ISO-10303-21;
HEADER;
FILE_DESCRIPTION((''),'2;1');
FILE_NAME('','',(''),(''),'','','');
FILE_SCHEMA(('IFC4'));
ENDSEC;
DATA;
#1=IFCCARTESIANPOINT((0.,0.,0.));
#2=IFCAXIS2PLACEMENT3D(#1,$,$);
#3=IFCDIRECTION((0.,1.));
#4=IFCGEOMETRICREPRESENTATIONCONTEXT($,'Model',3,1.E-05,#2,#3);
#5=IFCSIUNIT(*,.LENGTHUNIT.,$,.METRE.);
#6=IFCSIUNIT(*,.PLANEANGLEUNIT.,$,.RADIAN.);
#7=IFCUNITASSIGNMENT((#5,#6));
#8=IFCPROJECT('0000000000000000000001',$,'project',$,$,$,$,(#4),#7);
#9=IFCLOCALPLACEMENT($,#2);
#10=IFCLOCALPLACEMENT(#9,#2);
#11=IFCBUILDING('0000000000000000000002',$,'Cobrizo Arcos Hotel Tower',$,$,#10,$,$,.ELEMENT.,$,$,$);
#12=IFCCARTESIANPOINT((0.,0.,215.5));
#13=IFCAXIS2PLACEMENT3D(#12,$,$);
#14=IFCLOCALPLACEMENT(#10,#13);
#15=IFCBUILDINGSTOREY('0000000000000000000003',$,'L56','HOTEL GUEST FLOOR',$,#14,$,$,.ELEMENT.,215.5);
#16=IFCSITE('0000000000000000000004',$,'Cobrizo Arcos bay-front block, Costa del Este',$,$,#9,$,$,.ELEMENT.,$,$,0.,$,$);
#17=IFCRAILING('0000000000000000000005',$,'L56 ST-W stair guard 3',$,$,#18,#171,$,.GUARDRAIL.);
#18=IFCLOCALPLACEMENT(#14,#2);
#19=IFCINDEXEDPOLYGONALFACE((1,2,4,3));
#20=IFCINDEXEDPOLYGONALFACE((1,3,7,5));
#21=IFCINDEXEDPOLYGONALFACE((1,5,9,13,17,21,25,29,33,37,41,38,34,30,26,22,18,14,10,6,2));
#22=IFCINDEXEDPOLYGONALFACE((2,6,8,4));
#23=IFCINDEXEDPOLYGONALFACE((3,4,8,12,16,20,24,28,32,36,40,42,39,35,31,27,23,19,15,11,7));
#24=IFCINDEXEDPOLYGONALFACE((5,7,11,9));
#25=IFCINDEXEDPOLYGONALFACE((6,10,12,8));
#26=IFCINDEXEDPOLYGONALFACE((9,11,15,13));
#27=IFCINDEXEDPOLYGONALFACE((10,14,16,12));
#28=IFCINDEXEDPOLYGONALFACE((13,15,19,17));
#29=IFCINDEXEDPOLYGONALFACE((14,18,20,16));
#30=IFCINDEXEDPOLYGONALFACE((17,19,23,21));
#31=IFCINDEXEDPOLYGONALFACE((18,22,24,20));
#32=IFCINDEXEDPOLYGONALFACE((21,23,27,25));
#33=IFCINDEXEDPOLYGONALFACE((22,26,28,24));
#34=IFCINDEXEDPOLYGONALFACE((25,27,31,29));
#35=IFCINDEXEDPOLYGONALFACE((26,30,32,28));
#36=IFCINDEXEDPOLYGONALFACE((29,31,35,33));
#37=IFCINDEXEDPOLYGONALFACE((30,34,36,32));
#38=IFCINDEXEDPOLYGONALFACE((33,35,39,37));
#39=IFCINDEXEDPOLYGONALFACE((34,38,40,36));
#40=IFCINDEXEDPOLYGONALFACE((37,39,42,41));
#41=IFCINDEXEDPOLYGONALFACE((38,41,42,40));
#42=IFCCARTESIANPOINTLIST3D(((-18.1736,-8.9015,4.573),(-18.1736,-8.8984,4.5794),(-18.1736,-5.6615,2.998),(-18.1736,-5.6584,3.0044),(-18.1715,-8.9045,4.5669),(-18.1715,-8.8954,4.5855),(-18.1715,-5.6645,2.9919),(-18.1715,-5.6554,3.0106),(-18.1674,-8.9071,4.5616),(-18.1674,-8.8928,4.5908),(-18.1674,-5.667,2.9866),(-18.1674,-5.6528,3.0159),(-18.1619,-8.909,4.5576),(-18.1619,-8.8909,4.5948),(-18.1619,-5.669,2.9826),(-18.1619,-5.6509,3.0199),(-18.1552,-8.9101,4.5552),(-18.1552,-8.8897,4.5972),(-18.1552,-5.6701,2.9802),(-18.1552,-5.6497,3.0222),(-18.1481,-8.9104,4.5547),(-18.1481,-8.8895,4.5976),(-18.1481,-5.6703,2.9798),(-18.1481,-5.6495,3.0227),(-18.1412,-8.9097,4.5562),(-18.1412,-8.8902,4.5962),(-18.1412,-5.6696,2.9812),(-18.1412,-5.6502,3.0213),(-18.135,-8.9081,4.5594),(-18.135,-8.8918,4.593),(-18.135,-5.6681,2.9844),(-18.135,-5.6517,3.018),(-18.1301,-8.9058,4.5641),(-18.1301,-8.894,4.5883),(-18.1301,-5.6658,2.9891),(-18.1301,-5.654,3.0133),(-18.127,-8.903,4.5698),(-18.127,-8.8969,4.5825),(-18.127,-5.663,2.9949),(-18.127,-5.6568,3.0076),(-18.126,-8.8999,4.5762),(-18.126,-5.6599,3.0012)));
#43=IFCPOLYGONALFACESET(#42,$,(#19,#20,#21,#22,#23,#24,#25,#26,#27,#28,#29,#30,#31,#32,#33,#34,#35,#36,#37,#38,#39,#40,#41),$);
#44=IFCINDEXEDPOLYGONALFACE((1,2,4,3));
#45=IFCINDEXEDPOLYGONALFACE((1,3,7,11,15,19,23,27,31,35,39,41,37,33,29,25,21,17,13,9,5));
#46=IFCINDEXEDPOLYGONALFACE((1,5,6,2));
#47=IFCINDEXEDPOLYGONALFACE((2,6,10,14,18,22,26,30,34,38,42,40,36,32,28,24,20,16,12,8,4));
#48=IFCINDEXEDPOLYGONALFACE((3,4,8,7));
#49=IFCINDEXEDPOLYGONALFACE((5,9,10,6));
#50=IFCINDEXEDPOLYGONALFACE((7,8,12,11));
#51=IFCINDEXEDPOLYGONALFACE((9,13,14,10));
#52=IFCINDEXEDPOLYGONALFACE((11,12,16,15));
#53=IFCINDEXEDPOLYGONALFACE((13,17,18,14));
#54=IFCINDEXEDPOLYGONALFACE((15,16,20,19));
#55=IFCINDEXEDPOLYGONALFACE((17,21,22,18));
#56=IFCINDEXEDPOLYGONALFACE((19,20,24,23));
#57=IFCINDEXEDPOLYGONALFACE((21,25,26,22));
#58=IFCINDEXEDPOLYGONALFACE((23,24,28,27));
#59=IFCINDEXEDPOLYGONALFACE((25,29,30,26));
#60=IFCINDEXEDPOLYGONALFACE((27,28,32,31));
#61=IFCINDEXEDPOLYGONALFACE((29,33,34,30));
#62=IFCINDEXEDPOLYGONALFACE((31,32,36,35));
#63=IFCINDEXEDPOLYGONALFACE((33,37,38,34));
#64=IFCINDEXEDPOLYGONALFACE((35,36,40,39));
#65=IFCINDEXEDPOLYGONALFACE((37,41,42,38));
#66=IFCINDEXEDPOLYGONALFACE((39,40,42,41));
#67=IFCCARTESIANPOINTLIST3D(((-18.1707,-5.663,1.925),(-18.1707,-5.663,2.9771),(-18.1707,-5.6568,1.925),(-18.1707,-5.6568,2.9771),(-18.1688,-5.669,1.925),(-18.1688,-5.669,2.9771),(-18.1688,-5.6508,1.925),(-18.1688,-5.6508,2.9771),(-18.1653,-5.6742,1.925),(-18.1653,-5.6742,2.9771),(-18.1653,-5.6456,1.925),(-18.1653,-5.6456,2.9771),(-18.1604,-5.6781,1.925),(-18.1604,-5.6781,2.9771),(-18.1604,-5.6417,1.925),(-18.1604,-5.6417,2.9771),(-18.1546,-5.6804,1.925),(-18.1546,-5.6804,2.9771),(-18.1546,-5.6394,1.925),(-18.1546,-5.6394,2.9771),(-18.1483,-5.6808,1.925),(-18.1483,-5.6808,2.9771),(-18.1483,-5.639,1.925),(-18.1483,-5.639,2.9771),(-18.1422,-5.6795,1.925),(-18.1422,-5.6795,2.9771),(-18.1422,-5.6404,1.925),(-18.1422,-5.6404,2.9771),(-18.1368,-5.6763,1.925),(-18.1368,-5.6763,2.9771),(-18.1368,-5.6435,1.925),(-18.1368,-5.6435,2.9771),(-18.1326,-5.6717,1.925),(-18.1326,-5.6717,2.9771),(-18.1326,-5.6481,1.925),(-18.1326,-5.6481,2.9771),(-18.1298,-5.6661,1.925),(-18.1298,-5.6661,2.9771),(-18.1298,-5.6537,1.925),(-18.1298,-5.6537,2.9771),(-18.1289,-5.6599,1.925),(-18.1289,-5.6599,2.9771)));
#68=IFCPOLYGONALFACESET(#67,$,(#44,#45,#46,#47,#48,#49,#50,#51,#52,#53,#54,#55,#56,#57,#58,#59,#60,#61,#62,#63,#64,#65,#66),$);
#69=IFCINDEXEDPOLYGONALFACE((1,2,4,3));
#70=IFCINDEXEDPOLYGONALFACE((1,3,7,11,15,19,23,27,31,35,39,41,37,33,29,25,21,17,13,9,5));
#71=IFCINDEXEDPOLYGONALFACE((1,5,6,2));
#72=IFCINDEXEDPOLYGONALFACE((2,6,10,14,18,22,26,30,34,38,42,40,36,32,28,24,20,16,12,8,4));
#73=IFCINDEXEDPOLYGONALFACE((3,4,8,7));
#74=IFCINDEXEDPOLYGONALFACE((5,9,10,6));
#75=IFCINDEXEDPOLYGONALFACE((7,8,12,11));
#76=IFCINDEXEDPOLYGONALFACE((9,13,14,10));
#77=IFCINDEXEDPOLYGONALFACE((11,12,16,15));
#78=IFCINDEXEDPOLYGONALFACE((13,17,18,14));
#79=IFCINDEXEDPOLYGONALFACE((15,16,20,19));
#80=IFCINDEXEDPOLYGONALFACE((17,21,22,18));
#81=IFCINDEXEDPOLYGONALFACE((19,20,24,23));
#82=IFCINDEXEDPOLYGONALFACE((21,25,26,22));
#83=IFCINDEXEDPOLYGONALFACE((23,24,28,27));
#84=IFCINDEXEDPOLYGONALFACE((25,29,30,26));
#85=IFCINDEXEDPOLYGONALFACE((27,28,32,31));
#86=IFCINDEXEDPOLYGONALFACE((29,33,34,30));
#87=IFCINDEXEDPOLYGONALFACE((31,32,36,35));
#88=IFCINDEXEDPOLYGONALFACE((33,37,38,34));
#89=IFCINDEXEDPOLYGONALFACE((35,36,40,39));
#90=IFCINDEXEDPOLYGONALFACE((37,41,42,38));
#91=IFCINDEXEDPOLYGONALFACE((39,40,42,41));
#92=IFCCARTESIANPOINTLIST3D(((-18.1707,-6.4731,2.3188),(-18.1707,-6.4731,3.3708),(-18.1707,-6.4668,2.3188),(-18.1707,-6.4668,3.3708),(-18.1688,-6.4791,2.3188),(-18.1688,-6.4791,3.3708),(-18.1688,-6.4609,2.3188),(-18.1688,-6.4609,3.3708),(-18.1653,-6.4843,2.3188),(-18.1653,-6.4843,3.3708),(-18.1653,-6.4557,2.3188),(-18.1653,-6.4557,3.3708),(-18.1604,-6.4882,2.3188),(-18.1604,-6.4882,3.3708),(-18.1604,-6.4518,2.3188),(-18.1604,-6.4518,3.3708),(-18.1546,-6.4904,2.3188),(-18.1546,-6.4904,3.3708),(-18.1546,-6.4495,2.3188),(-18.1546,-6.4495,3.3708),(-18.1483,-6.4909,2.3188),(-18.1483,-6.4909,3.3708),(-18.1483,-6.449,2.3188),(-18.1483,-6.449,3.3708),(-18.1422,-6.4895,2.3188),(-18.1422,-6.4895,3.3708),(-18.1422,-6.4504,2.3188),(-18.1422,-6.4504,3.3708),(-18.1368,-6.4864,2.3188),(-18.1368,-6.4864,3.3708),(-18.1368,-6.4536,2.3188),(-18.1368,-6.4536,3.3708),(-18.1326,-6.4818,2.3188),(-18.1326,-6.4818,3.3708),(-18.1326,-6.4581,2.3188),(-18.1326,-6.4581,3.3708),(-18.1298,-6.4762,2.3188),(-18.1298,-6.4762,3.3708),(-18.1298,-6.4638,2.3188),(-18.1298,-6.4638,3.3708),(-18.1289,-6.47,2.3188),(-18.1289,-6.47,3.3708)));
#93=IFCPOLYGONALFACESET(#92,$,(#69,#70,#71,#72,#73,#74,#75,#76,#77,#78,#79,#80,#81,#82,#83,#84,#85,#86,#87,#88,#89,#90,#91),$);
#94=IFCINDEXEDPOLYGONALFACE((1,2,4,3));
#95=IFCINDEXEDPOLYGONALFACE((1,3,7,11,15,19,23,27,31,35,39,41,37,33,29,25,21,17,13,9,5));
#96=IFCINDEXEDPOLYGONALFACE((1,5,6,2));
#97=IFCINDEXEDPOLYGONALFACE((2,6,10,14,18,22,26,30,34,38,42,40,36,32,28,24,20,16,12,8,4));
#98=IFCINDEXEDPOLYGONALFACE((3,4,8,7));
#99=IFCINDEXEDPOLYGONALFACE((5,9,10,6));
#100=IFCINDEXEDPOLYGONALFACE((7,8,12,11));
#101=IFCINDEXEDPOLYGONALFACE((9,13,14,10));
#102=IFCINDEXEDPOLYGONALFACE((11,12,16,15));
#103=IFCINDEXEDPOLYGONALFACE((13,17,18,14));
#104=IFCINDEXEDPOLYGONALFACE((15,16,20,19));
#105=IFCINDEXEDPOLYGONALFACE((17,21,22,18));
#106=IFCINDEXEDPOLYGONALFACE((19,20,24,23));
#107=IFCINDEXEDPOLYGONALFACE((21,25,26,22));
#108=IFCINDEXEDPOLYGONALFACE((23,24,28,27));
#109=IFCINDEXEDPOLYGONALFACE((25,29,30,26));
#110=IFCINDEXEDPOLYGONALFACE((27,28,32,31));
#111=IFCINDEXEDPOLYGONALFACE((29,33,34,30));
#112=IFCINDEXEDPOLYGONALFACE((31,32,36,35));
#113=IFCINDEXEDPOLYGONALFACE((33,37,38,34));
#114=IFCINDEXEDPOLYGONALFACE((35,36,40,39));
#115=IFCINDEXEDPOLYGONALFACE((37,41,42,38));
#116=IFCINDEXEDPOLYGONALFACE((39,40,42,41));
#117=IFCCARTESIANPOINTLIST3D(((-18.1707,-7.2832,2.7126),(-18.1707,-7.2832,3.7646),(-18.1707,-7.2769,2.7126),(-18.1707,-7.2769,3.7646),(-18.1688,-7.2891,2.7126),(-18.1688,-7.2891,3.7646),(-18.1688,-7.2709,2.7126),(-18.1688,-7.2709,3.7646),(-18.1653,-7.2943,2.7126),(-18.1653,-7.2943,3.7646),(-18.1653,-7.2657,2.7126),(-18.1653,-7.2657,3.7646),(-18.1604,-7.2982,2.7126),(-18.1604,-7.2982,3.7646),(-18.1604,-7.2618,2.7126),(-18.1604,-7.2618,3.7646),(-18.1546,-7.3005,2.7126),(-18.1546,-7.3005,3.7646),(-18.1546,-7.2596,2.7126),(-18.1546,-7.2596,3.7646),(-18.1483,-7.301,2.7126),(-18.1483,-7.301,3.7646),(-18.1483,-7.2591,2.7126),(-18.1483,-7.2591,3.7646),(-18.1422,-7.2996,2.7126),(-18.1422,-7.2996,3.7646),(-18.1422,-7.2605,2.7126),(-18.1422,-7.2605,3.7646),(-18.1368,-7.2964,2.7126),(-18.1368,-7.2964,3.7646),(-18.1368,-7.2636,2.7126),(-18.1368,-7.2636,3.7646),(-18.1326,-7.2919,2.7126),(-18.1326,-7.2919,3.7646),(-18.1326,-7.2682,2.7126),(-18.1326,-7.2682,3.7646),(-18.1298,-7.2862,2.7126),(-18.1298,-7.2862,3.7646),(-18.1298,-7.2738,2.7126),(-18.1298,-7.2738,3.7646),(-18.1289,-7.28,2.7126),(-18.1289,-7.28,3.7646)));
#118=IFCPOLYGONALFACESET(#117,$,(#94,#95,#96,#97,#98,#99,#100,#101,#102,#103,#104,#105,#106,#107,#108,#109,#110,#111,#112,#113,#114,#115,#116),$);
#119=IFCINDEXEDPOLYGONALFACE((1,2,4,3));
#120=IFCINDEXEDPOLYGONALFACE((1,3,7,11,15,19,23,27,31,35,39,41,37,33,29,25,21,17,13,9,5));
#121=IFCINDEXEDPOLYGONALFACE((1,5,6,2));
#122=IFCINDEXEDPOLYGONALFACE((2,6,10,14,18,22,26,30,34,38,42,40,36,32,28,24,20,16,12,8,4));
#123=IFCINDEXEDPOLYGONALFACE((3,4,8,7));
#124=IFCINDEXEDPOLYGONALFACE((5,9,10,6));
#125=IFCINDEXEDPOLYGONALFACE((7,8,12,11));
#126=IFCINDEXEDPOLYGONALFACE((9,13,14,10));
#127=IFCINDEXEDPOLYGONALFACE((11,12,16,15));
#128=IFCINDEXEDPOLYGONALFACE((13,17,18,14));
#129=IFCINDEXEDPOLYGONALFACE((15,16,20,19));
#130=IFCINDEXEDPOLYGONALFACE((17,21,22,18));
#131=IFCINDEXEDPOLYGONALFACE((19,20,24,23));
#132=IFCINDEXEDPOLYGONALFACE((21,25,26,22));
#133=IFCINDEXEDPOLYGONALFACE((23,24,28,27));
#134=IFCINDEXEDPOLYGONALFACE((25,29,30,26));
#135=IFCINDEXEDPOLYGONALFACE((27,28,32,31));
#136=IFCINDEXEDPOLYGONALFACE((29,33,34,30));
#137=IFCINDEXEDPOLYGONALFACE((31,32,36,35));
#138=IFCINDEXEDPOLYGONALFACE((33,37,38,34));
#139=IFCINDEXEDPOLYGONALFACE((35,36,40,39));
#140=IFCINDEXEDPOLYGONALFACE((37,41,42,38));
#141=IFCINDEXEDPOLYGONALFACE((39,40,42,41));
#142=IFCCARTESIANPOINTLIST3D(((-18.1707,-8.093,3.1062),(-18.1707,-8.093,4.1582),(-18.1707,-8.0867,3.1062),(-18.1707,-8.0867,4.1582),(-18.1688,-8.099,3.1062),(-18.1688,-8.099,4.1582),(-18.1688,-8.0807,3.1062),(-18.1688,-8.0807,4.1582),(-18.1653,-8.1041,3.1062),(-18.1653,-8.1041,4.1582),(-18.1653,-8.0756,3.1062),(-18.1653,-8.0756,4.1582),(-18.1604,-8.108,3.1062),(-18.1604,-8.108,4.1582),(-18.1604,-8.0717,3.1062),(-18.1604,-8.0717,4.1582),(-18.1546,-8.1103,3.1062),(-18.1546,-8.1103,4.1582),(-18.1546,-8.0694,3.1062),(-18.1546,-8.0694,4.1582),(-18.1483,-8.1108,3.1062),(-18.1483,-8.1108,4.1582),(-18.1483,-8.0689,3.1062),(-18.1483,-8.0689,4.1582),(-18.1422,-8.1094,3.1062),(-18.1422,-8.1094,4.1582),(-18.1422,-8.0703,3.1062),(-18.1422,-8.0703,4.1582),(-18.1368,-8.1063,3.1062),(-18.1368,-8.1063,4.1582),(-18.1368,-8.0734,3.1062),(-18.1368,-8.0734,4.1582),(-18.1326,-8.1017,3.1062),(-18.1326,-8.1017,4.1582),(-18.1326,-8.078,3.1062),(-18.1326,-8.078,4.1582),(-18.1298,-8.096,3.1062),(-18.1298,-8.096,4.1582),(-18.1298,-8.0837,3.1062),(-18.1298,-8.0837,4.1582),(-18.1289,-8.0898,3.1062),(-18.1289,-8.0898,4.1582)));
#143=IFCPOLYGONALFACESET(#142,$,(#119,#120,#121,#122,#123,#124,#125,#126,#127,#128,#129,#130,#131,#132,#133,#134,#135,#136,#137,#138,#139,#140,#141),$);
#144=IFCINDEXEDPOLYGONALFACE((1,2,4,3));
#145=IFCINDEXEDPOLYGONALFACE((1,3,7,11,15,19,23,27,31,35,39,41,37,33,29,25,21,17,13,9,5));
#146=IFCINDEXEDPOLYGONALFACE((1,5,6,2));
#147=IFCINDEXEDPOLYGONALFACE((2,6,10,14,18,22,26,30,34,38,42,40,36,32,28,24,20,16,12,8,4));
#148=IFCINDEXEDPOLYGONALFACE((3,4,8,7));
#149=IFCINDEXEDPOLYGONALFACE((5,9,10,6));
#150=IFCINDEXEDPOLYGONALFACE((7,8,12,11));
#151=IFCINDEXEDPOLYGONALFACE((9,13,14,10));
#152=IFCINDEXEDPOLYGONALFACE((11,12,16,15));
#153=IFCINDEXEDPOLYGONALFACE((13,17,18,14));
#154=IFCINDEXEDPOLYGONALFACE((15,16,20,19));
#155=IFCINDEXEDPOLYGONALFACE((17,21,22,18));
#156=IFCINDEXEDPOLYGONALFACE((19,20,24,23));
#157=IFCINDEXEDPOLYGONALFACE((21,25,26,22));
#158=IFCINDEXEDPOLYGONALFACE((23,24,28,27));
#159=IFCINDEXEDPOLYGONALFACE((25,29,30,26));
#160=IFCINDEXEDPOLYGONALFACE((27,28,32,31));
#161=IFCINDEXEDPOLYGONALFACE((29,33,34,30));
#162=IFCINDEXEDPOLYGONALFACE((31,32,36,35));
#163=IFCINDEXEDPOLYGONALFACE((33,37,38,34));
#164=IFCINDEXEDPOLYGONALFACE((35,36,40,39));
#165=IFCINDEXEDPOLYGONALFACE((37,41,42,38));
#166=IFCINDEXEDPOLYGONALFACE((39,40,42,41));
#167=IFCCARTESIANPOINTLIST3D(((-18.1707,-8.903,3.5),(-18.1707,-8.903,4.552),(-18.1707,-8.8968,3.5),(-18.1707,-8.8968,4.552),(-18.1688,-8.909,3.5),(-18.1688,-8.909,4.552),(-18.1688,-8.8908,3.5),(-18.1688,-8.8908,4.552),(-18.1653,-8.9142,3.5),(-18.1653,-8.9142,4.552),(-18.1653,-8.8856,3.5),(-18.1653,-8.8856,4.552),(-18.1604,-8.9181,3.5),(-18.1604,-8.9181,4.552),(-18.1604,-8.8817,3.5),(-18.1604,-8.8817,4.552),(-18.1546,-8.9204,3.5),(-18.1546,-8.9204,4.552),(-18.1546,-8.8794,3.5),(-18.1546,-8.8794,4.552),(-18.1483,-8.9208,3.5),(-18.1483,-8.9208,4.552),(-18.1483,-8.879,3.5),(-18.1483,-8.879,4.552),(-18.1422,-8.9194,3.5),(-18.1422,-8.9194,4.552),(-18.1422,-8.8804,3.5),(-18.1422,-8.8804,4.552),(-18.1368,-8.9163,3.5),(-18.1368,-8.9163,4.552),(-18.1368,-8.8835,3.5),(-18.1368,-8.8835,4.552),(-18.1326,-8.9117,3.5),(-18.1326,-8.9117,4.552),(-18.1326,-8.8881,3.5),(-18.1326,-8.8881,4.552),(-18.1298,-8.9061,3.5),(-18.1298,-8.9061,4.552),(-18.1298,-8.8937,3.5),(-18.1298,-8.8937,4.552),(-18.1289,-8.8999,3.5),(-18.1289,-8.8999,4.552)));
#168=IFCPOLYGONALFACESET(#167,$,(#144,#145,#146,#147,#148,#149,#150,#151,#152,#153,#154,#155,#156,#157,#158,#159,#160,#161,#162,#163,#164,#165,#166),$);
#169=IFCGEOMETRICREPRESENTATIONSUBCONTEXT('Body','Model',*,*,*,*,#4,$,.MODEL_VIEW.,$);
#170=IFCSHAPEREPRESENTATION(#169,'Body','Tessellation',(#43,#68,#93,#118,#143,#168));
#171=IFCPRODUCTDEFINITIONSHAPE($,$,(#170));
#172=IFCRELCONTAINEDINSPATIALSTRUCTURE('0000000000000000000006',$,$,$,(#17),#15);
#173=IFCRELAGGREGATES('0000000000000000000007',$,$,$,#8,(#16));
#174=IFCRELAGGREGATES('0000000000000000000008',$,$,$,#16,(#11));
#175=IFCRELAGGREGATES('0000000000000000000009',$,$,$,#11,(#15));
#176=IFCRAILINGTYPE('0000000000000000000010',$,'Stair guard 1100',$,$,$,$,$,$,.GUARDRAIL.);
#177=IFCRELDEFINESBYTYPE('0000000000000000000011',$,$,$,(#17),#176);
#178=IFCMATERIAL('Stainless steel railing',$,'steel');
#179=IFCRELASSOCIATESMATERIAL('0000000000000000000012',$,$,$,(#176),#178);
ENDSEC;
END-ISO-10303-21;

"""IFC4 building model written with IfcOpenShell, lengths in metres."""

from ifc_helpers import new_model, si_unit, direction, frame, origin, origin_2d, place, context, subcontext, project, spatial, circle, extrude, material, type_object, element, save


model = new_model("IFC4")

# Units and contexts
model_context = context("Model", 3, precision=1e-05, world=origin(), true_north=direction((0.0, 1.0)))
body_context = subcontext(model_context, "Body", "Model", "MODEL_VIEW")
ifc_project = project(units=[si_unit("LENGTHUNIT", "METRE"), si_unit("PLANEANGLEUNIT", "RADIAN")], contexts=[model_context])

# Site, building, storey
site_placement = place(None, origin())
site = spatial("IfcSite", under=ifc_project, at=site_placement, Name="Cobrizo Arcos bay-front block, Costa del Este", CompositionType="ELEMENT", RefElevation=0.0)
building_placement = place(site_placement, origin())
building = spatial("IfcBuilding", under=site, at=building_placement, Name="Cobrizo Arcos Hotel Tower", CompositionType="ELEMENT")
storey_placement = place(building_placement, frame((0.0, 0.0, 215.5)))
storey = spatial("IfcBuildingStorey", under=building, at=storey_placement, Name="L56", Description="HOTEL GUEST FLOOR", CompositionType="ELEMENT", Elevation=215.5)

# Railing
ifc_material_1 = material(Name="Stainless steel railing", Category="steel")
railing_type_1 = type_object("IfcRailingType", Name="Stair guard 1100", PredefinedType="GUARDRAIL", material=ifc_material_1)
railing_1_placement = place(storey_placement, frame((-18.1499, -5.6599, 1.925)))
element("IfcRailing", 1, at=railing_1_placement, inside=storey, type_object=railing_type_1, Name="L56 ST-W stair guard 3", PredefinedType="GUARDRAIL", context=body_context, shape_type="SweptSolid", body=[
    extrude(circle(Radius=0.0239, at=origin_2d()), frame((0.0, 0.0, 1.0762), z_axis=(0.0, -0.899373, 0.437183), x_axis=(1.0, 0.0, 0.0)), (0.0, 0.0, 1.0), 3.6025),
    extrude(circle(Radius=0.021, at=origin_2d()), origin(), (0.0, 0.0, 1.0), 1.052),
    extrude(circle(Radius=0.021, at=origin_2d()), frame((0.0, -0.8101, 0.3938)), (0.0, 0.0, 1.0), 1.052),
    extrude(circle(Radius=0.021, at=origin_2d()), frame((0.0, -1.6201, 0.7876)), (0.0, 0.0, 1.0), 1.052),
    extrude(circle(Radius=0.021, at=origin_2d()), frame((0.0, -2.4299, 1.1812)), (0.0, 0.0, 1.0), 1.052),
    extrude(circle(Radius=0.021, at=origin_2d()), frame((0.0, -3.24, 1.575)), (0.0, 0.0, 1.0), 1.052),
])

save(model, "model.ifc")
